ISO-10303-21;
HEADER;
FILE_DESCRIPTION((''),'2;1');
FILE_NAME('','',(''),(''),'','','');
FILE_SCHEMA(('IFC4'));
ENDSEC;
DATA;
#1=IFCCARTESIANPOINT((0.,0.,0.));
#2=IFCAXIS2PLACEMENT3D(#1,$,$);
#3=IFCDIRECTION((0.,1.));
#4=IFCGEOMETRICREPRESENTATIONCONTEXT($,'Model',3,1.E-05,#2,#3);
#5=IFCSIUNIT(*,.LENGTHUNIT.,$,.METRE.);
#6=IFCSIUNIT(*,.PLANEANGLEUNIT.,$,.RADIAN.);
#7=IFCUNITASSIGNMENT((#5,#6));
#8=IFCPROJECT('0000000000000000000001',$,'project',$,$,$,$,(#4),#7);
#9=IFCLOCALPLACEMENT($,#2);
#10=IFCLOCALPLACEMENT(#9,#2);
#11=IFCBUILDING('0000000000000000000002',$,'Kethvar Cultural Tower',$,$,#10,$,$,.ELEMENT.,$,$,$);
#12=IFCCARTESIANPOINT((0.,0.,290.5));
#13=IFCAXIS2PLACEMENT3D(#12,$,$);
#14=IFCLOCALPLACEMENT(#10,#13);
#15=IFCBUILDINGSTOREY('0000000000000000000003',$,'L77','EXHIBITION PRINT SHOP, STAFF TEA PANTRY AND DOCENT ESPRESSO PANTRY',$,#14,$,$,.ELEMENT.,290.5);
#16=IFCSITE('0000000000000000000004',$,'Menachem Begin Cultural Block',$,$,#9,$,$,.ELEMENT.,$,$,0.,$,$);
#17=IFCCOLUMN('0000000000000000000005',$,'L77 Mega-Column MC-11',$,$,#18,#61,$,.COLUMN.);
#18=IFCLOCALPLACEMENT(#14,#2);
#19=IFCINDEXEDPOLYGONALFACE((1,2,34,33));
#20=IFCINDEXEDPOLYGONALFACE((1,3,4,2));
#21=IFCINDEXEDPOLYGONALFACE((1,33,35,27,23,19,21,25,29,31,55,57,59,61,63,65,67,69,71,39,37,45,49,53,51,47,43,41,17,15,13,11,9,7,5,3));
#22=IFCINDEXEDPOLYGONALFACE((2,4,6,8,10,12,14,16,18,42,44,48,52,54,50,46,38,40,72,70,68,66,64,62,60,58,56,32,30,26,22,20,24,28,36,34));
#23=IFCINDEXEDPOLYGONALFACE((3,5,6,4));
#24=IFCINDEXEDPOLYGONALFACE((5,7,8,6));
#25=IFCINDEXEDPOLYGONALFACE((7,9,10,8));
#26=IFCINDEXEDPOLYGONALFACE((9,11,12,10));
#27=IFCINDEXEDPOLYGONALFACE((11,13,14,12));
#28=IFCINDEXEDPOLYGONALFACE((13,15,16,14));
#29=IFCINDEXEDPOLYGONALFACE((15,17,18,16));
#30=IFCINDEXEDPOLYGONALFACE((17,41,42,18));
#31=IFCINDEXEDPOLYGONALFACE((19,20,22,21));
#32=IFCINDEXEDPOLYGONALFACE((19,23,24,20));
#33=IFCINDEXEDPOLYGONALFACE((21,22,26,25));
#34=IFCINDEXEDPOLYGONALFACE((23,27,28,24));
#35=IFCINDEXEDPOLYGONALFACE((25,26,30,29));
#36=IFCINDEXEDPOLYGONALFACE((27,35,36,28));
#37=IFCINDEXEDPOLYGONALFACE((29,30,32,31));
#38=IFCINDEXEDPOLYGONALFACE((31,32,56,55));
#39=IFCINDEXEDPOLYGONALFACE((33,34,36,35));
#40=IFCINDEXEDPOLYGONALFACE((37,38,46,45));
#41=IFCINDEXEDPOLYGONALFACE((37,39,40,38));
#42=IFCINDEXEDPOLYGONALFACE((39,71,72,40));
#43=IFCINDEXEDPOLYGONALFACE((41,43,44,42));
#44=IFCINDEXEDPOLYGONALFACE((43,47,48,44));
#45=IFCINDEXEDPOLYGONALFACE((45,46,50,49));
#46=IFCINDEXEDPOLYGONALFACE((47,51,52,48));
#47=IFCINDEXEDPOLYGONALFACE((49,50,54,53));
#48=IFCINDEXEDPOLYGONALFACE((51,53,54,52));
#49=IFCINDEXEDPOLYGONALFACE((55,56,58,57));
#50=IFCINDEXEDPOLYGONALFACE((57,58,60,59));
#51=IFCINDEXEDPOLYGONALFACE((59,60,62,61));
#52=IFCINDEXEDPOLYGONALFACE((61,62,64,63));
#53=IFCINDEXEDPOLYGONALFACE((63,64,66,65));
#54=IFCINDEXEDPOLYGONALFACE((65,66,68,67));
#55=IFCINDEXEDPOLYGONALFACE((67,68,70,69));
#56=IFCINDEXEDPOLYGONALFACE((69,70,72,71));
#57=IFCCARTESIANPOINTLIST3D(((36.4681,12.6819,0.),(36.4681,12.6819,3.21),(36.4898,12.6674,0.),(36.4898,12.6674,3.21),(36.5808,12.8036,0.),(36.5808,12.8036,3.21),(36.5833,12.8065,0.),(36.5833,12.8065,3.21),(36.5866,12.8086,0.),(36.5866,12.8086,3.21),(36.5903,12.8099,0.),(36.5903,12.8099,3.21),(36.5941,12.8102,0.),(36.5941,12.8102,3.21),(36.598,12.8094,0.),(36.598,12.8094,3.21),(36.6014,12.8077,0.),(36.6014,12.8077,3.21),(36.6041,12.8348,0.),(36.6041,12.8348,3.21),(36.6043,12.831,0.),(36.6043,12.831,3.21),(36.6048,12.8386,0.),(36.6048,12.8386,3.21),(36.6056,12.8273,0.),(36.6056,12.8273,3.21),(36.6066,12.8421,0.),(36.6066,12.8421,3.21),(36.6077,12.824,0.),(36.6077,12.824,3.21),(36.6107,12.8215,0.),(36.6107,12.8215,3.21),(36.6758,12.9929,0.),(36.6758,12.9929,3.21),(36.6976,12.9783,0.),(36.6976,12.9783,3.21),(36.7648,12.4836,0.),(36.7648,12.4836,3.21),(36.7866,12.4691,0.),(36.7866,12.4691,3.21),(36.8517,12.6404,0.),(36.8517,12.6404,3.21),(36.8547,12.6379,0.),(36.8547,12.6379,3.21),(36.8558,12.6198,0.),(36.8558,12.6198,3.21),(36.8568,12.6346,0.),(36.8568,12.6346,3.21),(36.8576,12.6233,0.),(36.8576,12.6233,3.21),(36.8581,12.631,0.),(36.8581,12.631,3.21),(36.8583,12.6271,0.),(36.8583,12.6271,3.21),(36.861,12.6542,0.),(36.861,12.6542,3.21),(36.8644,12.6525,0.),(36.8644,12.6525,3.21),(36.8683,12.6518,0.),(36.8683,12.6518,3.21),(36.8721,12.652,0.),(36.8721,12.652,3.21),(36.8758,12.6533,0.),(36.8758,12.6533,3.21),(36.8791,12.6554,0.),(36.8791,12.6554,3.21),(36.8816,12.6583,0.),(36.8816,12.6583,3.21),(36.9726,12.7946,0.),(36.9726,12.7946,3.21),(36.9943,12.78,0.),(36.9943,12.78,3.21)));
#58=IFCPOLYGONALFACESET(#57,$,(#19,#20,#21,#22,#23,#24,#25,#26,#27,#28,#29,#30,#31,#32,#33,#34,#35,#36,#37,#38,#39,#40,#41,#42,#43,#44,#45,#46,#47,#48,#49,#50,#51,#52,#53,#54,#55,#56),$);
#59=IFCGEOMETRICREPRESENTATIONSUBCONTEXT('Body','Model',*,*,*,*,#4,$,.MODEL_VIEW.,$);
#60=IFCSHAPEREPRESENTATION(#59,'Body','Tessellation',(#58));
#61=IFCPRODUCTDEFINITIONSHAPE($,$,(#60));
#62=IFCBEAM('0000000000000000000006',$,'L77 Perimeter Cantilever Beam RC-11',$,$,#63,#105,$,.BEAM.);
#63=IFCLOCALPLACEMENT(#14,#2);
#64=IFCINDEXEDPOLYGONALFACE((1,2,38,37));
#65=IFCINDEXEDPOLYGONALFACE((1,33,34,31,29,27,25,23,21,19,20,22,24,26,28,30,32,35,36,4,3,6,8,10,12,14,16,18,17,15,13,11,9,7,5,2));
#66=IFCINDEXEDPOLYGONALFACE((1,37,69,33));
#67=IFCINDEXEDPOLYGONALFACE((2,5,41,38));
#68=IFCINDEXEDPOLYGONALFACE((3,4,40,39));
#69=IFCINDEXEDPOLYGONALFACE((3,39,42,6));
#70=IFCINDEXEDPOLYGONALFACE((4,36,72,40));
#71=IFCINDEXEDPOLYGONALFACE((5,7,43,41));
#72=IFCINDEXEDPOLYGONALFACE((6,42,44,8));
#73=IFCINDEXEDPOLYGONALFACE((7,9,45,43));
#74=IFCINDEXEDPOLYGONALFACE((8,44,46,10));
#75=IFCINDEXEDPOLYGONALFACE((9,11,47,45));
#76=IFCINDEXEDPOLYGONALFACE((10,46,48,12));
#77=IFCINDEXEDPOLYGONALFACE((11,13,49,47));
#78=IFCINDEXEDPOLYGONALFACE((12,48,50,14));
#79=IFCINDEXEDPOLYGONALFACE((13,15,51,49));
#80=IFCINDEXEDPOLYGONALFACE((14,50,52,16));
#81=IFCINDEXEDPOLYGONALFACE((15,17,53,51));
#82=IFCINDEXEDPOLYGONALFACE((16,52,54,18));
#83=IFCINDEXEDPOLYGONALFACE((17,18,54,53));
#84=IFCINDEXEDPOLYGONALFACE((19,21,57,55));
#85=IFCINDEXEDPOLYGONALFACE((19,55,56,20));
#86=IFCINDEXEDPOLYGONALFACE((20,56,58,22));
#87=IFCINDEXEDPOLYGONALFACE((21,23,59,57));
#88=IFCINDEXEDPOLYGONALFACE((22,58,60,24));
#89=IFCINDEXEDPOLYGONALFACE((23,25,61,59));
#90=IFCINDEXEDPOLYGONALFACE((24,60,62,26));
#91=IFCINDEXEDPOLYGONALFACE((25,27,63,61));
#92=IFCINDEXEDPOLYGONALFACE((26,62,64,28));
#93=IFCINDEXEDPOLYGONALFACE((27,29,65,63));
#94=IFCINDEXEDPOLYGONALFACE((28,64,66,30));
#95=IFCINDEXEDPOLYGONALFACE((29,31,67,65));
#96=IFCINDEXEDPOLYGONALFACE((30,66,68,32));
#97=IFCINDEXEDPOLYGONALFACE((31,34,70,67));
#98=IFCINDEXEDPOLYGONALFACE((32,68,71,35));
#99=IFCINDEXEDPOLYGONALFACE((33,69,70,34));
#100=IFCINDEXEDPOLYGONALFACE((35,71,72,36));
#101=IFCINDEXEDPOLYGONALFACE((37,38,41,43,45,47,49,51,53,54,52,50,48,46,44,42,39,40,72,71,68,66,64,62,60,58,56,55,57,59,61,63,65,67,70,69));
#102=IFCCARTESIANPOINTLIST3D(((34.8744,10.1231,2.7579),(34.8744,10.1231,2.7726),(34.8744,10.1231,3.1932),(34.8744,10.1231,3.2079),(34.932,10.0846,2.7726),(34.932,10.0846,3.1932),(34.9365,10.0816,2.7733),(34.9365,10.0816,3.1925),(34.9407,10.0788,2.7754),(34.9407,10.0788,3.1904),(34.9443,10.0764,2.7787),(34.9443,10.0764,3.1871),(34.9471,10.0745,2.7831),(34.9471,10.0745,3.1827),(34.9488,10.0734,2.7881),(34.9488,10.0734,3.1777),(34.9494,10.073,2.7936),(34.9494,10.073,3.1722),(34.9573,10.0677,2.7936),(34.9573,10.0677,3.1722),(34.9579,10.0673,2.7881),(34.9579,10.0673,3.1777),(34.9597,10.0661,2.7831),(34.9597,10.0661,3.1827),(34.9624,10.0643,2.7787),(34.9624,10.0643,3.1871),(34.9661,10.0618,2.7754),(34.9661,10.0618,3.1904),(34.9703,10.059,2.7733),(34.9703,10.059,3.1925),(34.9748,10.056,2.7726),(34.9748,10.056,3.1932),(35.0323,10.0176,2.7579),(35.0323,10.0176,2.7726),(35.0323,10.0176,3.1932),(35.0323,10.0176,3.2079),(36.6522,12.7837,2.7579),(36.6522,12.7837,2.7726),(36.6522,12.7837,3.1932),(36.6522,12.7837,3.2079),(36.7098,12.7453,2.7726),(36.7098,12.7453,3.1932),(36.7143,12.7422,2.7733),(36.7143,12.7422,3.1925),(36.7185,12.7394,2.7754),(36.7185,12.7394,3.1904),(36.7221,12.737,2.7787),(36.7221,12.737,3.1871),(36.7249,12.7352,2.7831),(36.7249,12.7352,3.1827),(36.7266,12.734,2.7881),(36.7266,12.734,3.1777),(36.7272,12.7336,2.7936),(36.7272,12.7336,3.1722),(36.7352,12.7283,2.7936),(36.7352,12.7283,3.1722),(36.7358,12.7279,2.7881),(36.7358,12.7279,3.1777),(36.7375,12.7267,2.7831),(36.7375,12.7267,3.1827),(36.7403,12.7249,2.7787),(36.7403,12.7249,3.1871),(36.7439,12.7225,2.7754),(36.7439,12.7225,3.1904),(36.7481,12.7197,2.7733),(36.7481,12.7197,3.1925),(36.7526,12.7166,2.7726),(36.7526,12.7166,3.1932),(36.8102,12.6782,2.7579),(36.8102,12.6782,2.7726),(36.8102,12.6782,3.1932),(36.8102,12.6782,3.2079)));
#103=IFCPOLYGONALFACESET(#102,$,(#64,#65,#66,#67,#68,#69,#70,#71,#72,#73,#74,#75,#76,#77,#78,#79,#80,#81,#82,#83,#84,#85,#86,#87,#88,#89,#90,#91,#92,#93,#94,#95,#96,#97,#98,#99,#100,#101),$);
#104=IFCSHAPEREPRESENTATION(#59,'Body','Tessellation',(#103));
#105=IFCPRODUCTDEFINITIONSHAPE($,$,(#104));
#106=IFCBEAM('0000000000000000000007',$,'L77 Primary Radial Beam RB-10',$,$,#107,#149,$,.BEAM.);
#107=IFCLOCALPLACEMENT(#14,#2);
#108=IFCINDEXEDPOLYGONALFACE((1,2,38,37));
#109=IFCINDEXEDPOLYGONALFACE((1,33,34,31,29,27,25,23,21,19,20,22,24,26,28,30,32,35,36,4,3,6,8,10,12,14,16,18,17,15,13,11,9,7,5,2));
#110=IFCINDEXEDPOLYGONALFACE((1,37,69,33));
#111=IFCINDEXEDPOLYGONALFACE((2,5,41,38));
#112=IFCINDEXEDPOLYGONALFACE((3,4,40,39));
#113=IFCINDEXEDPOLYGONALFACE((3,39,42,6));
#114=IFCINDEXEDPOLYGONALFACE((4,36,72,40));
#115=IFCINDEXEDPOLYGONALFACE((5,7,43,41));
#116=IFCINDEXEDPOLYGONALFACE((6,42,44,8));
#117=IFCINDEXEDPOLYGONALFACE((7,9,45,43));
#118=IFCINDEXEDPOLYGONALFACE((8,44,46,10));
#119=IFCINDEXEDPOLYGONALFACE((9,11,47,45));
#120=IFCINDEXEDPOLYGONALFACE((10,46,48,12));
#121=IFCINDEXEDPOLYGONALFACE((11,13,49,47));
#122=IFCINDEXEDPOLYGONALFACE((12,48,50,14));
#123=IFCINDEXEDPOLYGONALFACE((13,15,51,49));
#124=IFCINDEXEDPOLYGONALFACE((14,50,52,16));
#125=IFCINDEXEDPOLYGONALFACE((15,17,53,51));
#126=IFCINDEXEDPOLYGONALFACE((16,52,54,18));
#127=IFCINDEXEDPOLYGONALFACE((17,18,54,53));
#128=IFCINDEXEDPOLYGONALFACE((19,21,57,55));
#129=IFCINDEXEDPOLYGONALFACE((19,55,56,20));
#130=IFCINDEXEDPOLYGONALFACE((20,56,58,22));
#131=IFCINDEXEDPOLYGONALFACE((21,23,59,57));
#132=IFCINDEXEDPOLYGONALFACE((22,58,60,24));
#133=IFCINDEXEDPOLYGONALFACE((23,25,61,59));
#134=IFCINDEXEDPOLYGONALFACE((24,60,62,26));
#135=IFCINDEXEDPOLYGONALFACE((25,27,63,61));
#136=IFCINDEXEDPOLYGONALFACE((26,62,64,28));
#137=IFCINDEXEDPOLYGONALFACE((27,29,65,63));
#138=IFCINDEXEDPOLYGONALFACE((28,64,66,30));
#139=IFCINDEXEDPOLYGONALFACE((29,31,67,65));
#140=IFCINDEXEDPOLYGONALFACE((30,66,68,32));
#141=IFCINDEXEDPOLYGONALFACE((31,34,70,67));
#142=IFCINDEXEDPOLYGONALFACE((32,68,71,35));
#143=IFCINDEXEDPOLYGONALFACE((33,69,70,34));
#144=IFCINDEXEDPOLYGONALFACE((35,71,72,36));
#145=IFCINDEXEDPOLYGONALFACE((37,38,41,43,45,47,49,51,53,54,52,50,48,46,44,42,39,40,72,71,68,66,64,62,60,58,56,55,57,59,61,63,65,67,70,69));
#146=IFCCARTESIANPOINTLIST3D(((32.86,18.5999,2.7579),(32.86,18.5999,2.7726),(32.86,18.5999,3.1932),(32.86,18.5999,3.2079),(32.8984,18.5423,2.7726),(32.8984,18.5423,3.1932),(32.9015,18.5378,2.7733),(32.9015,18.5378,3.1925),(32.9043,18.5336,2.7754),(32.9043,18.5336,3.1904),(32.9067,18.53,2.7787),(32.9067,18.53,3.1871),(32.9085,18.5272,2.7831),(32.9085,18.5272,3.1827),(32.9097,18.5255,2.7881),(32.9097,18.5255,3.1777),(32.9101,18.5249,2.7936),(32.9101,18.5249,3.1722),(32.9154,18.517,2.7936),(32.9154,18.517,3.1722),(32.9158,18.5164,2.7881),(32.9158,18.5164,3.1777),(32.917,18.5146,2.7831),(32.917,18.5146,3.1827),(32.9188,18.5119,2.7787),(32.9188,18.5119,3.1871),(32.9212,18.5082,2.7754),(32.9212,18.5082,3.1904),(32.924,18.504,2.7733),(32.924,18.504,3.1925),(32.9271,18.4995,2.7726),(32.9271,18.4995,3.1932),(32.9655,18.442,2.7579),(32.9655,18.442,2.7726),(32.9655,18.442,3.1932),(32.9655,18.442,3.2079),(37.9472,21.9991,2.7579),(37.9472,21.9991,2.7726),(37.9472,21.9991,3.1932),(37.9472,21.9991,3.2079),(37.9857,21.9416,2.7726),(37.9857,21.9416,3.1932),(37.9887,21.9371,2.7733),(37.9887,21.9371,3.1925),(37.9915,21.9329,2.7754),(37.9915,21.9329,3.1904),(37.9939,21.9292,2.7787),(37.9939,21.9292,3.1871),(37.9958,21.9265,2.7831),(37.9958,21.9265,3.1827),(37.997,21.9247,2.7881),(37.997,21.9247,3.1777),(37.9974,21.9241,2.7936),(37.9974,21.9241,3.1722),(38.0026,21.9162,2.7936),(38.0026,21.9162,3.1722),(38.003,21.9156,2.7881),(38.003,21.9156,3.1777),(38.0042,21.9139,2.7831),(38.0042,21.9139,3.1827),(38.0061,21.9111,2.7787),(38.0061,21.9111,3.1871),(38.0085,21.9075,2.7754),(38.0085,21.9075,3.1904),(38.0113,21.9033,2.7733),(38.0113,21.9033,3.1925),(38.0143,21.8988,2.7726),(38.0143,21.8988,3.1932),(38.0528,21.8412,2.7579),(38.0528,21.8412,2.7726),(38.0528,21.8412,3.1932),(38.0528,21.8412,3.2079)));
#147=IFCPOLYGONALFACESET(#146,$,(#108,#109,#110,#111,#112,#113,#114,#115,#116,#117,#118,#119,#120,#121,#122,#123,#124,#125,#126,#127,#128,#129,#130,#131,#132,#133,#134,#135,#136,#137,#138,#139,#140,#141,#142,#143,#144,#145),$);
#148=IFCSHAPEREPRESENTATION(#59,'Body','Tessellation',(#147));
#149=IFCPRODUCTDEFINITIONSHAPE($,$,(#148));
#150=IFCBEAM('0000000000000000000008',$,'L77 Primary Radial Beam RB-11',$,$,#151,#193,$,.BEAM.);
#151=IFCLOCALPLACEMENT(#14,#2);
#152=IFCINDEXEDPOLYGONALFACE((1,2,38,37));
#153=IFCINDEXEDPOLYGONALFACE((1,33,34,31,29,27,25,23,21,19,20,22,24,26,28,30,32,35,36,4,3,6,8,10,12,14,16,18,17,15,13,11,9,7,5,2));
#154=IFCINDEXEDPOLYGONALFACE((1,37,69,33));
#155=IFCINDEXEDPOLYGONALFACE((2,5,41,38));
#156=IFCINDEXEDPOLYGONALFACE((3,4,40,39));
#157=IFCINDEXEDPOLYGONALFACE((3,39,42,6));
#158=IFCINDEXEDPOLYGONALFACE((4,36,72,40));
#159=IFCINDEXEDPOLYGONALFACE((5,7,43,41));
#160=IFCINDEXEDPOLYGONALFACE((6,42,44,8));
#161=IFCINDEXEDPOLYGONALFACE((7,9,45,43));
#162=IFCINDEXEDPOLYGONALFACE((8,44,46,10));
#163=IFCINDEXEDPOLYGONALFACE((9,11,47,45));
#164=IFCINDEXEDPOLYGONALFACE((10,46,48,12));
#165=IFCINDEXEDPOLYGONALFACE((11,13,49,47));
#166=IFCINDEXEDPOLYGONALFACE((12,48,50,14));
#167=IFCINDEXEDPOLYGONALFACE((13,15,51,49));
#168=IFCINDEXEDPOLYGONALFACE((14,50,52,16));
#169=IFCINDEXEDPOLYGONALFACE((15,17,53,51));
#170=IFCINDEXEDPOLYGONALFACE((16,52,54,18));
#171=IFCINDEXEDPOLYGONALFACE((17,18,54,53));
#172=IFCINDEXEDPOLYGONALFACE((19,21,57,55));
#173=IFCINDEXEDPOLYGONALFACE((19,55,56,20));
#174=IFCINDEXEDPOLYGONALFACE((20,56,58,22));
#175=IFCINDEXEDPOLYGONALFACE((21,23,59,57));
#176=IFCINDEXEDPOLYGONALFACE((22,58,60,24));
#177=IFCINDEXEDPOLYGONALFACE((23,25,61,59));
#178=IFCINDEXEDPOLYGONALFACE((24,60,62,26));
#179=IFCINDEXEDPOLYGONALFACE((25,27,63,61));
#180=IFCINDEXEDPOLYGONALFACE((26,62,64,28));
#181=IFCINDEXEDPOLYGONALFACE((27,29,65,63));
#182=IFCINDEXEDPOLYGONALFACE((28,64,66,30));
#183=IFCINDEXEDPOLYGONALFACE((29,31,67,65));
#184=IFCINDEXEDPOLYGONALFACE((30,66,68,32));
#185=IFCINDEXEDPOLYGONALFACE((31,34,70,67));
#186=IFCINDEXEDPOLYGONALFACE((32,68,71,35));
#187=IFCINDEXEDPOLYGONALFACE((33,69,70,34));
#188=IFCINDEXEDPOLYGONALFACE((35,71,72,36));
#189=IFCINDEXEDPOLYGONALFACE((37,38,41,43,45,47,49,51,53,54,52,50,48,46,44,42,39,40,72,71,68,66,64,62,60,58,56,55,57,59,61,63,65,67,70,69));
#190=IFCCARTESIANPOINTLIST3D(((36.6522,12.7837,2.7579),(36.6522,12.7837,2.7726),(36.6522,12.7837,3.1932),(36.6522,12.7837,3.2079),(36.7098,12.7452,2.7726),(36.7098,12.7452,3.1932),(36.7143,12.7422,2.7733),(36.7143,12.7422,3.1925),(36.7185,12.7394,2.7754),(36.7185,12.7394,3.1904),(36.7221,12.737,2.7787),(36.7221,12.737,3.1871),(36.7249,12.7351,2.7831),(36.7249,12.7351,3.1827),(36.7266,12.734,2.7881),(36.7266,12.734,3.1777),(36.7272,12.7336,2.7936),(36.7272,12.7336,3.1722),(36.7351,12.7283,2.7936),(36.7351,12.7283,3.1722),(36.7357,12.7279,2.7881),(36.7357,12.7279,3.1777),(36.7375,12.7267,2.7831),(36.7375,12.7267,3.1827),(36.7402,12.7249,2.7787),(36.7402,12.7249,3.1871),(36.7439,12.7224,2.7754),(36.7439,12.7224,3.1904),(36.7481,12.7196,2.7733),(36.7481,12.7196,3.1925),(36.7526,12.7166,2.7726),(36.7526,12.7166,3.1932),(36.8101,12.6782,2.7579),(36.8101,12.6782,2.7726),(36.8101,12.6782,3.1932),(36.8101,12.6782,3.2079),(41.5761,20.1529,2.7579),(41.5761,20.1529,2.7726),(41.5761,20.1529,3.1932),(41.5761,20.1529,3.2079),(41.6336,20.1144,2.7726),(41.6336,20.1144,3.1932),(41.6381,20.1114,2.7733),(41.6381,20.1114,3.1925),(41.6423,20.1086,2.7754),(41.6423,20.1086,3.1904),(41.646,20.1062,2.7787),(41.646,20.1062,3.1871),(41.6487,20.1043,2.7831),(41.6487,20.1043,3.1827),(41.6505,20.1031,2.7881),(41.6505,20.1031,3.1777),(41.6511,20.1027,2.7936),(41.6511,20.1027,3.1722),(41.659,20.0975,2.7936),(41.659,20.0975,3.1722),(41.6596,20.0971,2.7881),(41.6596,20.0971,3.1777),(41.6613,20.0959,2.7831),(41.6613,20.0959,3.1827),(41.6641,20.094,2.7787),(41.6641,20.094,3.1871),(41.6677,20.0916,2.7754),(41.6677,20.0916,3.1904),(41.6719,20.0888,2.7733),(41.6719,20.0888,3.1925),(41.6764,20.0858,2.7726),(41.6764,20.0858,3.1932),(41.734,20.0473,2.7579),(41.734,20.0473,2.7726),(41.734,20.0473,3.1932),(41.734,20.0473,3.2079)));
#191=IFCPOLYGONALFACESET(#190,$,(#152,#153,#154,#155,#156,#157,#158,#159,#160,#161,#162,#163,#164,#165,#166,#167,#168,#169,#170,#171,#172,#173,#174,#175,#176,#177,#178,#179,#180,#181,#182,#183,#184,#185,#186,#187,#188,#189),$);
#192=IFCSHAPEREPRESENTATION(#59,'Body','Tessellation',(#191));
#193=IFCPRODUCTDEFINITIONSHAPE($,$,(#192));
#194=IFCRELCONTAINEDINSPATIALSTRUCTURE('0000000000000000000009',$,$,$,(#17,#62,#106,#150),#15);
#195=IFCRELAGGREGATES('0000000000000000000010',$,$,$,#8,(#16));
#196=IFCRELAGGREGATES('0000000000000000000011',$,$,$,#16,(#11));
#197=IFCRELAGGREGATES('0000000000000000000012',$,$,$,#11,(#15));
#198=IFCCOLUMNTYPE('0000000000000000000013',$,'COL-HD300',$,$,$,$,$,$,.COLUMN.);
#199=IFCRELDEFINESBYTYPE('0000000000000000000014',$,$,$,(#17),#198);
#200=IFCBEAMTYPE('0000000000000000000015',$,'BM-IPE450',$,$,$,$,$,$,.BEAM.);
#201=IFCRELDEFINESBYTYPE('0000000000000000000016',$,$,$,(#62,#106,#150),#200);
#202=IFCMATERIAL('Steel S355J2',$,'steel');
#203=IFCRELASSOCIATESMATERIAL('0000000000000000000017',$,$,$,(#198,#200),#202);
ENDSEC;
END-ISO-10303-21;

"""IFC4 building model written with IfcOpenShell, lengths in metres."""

from ifc_helpers import new_model, si_unit, direction, frame, origin, origin_2d, place, context, subcontext, project, spatial, i_section, extrude, source, transform, mapped, material, material_profile, profile_set, type_object, element, save


model = new_model("IFC4")

# Units and contexts
model_context = context("Model", 3, precision=1e-05, world=origin(), true_north=direction((0.0, 1.0)))
body_context = subcontext(model_context, "Body", "Model", "MODEL_VIEW")
ifc_project = project(units=[si_unit("LENGTHUNIT", "METRE"), si_unit("PLANEANGLEUNIT", "RADIAN")], contexts=[model_context])

# Site, building, storey
site_placement = place(None, origin())
site = spatial("IfcSite", under=ifc_project, at=site_placement, Name="Menachem Begin Cultural Block", CompositionType="ELEMENT", RefElevation=0.0)
building_placement = place(site_placement, origin())
building = spatial("IfcBuilding", under=site, at=building_placement, Name="Kethvar Cultural Tower", CompositionType="ELEMENT")
storey_placement = place(building_placement, frame((0.0, 0.0, 290.5)))
storey = spatial("IfcBuildingStorey", under=building, at=storey_placement, Name="L77", Description="EXHIBITION PRINT SHOP, STAFF TEA PANTRY AND DOCENT ESPRESSO PANTRY", CompositionType="ELEMENT", Elevation=290.5)

# Column
ifc_material_1 = material(Name="Steel S355J2", Category="steel")
ifc_material_profile_1 = material_profile(ifc_material_1, i_section(OverallWidth=0.374, OverallDepth=0.3831, WebThickness=0.0166, FlangeThickness=0.0261, FilletRadius=0.0149, at=origin_2d()), Name="Steel S355J2 — HD360x300")
ifc_profile_set_1 = profile_set([ifc_material_profile_1], Name="Steel S355J2 — HD360x300")
column_type = type_object("IfcColumnType", Name="COL-HD300", PredefinedType="COLUMN", material=ifc_profile_set_1)
shared_shape_1 = source(origin(), body_context, "Body", "SweptSolid", [
    extrude(i_section(OverallWidth=0.374, OverallDepth=0.3831, WebThickness=0.0166, FlangeThickness=0.0261, FilletRadius=0.0149, at=origin_2d()), origin(), (0.0, 0.0, 1.0), 3.21),
])
column_placement = place(storey_placement, frame((36.7312, 12.731, 0.0), z_axis=(0.0, 0.0, 1.0), x_axis=(-0.55557, -0.83147, 0.0)))
element("IfcColumn", 1, at=column_placement, inside=storey, type_object=column_type, Name="L77 Mega-Column MC-11", PredefinedType="COLUMN", context=body_context, shape_type="MappedRepresentation", body=[
    mapped(shared_shape_1, transform((0.0, 0.0, 0.0), scale=1.0)),
])

# Beams
ifc_material_profile_2 = material_profile(ifc_material_1, i_section(OverallWidth=0.1899, OverallDepth=0.45, WebThickness=0.0095, FlangeThickness=0.0146, FilletRadius=0.021, at=origin_2d()), Name="Steel S355J2 — IPE450")
ifc_profile_set_2 = profile_set([ifc_material_profile_2], Name="Steel S355J2 — IPE450")
beam_type_1 = type_object("IfcBeamType", Name="BM-IPE450", PredefinedType="BEAM", material=ifc_profile_set_2)
shared_shape_2 = source(origin(), body_context, "Body", "SweptSolid", [
    extrude(i_section(OverallWidth=0.1899, OverallDepth=0.45, WebThickness=0.0095, FlangeThickness=0.0146, FilletRadius=0.021, at=origin_2d()), origin(), (0.0, 0.0, 1.0), 3.2),
])
beam_1_placement = place(storey_placement, frame((36.7312, 12.731, 2.9829), z_axis=(-0.55558, -0.831463, 0.0), x_axis=(0.831463, -0.55558, 0.0)))
element("IfcBeam", 2, at=beam_1_placement, inside=storey, type_object=beam_type_1, Name="L77 Perimeter Cantilever Beam RC-11", PredefinedType="BEAM", context=body_context, shape_type="MappedRepresentation", body=[
    mapped(shared_shape_2, transform((0.0, 0.0, 0.0), scale=1.0)),
])
shared_shape_3 = source(origin(), body_context, "Body", "SweptSolid", [
    extrude(i_section(OverallWidth=0.1899, OverallDepth=0.45, WebThickness=0.0095, FlangeThickness=0.0146, FilletRadius=0.021, at=origin_2d()), origin(), (0.0, 0.0, 1.0), 6.1184),
])
beam_2_placement = place(storey_placement, frame((38.0, 21.9202, 2.9829), z_axis=(-0.831467, -0.555575, 0.0), x_axis=(0.555575, -0.831467, 0.0)))
element("IfcBeam", 3, at=beam_2_placement, inside=storey, type_object=beam_type_1, Name="L77 Primary Radial Beam RB-10", PredefinedType="BEAM", context=body_context, shape_type="MappedRepresentation", body=[
    mapped(shared_shape_3, transform((0.0, 0.0, 0.0), scale=1.0)),
])
shared_shape_4 = source(origin(), body_context, "Body", "SweptSolid", [
    extrude(i_section(OverallWidth=0.1899, OverallDepth=0.45, WebThickness=0.0095, FlangeThickness=0.0146, FilletRadius=0.021, at=origin_2d()), origin(), (0.0, 0.0, 1.0), 8.8628),
])
beam_3_placement = place(storey_placement, frame((41.655, 20.1001, 2.9829), z_axis=(-0.555564, -0.831473, 0.0), x_axis=(0.831473, -0.555564, 0.0)))
element("IfcBeam", 4, at=beam_3_placement, inside=storey, type_object=beam_type_1, Name="L77 Primary Radial Beam RB-11", PredefinedType="BEAM", context=body_context, shape_type="MappedRepresentation", body=[
    mapped(shared_shape_4, transform((0.0, 0.0, 0.0), scale=1.0)),
])

save(model, "model.ifc")
